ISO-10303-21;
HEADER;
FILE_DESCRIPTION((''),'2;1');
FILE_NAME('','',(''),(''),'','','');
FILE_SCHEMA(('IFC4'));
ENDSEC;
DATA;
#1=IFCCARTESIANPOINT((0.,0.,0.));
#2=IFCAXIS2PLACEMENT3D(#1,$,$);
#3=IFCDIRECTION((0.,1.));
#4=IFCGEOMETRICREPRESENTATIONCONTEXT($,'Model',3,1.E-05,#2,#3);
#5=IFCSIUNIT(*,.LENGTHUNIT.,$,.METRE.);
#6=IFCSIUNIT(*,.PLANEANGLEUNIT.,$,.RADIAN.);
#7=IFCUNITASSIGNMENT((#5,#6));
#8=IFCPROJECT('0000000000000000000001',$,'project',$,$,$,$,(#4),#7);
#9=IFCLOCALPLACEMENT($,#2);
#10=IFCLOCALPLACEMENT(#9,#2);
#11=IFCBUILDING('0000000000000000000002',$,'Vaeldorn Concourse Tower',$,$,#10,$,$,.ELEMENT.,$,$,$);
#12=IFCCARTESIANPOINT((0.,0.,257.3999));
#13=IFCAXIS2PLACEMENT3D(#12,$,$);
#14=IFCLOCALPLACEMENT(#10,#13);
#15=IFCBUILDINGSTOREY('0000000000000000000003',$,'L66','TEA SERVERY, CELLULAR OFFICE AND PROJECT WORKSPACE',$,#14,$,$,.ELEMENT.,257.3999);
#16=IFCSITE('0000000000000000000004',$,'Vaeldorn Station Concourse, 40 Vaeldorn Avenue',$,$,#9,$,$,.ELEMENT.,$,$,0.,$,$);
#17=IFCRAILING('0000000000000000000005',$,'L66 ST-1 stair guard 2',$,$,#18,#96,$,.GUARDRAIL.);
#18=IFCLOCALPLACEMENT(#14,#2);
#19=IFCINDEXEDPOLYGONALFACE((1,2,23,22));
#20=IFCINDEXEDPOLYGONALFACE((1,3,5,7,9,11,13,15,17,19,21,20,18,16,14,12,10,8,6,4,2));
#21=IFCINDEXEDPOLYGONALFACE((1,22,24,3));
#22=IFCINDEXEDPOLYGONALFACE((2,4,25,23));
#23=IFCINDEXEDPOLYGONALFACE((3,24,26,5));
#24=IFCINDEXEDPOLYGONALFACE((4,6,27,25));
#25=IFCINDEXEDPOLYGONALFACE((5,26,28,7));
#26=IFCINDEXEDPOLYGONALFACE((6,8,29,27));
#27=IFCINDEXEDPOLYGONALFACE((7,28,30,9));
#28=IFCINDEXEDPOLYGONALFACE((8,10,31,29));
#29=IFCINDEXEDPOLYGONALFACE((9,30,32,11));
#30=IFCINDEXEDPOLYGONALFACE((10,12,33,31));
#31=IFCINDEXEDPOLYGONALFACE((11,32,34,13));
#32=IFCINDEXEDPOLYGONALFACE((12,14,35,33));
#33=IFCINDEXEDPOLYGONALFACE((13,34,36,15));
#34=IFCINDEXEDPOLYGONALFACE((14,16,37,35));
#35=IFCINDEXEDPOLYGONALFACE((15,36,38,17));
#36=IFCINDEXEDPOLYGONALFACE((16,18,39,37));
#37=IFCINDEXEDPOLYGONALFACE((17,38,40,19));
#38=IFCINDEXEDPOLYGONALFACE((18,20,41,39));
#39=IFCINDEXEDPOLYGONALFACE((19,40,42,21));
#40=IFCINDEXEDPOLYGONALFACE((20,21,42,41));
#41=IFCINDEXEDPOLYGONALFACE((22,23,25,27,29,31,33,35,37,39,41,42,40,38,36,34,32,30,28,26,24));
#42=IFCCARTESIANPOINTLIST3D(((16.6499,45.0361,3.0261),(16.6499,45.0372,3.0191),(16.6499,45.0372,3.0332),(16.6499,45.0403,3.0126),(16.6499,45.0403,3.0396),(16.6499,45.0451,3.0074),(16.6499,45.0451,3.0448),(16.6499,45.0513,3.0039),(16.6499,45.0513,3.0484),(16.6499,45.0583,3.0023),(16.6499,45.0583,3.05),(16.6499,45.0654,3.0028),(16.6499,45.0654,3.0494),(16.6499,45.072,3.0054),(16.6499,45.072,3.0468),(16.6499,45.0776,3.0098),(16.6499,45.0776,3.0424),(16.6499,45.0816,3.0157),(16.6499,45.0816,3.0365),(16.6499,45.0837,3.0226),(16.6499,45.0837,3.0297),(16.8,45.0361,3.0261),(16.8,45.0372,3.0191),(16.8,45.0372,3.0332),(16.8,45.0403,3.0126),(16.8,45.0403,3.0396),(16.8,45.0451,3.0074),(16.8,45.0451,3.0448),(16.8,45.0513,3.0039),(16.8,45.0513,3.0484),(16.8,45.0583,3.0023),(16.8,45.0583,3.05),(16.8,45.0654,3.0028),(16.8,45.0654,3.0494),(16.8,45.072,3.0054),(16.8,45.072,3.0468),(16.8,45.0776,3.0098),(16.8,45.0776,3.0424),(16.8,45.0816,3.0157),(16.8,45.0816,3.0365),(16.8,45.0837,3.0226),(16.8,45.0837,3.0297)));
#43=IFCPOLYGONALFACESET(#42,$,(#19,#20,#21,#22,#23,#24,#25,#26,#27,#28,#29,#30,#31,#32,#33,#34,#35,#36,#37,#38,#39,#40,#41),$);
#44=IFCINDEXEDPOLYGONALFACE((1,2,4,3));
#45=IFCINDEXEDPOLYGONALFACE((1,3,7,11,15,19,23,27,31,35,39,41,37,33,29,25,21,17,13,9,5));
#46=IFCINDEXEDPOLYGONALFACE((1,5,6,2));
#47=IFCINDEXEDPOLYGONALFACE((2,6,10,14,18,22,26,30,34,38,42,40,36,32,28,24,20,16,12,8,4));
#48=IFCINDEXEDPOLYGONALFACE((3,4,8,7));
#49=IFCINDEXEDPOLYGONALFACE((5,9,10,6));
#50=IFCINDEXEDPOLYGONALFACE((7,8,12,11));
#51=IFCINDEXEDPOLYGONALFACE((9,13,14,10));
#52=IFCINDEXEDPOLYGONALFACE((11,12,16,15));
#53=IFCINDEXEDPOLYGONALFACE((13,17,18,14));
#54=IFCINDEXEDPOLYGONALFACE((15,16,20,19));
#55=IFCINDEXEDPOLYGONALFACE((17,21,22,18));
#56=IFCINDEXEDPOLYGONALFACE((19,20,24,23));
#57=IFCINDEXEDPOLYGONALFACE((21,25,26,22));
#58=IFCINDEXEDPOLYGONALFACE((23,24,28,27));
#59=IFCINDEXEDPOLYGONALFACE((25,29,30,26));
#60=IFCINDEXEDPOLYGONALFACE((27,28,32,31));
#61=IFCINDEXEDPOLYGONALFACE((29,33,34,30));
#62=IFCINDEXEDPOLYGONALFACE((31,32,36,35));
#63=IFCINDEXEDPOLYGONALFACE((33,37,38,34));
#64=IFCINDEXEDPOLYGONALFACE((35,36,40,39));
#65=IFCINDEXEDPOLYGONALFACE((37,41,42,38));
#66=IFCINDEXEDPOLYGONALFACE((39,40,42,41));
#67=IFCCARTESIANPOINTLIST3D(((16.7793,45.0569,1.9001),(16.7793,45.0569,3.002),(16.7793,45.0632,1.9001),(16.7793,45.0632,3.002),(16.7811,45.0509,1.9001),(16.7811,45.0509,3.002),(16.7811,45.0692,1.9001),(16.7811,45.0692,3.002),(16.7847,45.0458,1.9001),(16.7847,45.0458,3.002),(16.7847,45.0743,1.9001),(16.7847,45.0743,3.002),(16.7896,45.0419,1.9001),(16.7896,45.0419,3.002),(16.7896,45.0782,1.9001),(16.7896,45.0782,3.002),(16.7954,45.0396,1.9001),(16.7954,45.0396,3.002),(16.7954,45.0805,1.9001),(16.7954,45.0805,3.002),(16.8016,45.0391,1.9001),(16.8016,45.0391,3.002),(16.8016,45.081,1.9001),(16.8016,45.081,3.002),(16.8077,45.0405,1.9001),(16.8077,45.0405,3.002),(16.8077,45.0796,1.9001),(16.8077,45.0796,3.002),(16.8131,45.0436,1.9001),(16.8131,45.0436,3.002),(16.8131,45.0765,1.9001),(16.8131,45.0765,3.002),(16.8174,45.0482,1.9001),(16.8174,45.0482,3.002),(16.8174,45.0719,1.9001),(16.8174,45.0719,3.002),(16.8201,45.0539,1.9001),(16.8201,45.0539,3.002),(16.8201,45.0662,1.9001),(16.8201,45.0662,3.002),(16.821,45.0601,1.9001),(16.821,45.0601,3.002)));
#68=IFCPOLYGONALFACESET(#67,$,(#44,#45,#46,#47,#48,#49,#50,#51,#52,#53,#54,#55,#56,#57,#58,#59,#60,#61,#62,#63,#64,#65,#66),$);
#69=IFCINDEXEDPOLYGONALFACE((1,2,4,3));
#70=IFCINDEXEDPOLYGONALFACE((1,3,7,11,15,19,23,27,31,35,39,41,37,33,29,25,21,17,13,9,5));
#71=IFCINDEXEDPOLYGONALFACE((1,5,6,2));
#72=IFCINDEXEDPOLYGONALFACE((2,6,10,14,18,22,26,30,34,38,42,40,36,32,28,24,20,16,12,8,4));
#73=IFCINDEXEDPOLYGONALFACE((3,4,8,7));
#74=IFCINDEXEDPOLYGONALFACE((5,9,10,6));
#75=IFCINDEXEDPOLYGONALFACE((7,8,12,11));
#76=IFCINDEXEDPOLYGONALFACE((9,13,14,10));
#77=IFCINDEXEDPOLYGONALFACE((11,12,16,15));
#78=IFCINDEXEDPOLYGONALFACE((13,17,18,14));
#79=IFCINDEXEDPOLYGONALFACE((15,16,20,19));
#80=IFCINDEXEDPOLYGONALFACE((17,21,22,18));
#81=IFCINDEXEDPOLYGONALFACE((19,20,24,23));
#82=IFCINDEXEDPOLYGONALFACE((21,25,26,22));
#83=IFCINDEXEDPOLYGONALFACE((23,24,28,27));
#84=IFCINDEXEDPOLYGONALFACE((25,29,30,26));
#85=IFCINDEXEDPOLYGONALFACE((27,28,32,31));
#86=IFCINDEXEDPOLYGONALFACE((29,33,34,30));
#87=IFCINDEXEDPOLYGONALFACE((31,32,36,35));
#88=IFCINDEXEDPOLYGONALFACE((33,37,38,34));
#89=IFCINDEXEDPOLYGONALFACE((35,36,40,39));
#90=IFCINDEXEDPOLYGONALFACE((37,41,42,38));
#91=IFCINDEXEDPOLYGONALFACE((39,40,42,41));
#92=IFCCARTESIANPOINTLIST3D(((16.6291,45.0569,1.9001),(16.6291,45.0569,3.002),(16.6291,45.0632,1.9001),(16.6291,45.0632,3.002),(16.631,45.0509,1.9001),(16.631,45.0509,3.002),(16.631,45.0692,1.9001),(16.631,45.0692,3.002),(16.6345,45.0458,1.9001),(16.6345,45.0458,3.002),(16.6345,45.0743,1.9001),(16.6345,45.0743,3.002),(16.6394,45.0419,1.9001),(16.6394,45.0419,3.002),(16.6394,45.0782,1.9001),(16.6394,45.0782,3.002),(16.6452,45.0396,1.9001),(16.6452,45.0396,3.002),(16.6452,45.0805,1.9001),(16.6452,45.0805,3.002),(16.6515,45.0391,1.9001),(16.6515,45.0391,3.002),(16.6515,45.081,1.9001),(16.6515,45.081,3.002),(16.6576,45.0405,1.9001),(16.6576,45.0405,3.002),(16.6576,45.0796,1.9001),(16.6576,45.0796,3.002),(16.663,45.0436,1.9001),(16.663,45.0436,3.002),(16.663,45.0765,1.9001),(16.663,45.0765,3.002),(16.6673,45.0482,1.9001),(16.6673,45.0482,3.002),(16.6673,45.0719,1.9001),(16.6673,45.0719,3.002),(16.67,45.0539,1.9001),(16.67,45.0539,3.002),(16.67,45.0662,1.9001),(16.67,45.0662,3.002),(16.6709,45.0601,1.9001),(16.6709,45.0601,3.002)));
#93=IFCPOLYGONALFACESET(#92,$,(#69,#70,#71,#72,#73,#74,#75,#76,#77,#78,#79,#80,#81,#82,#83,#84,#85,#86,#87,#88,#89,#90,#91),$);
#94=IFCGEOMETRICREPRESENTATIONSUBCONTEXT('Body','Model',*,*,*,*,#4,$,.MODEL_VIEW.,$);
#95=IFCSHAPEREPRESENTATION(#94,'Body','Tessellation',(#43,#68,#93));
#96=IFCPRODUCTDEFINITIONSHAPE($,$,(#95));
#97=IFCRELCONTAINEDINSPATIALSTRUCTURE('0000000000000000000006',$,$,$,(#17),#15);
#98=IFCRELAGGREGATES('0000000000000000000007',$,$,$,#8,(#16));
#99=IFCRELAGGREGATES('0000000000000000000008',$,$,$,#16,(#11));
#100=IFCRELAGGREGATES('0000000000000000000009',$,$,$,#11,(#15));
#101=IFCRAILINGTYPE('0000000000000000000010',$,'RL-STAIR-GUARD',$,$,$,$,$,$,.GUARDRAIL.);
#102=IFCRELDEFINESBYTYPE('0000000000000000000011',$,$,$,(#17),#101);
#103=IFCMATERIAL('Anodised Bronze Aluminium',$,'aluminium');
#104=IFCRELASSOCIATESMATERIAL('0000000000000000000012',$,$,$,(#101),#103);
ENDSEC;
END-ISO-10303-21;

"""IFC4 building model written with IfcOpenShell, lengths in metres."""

from ifc_helpers import new_model, si_unit, direction, frame, origin, origin_2d, place, context, subcontext, project, spatial, circle, extrude, material, type_object, element, save


model = new_model("IFC4")

# Units and contexts
model_context = context("Model", 3, precision=1e-05, world=origin(), true_north=direction((0.0, 1.0)))
body_context = subcontext(model_context, "Body", "Model", "MODEL_VIEW")
ifc_project = project(units=[si_unit("LENGTHUNIT", "METRE"), si_unit("PLANEANGLEUNIT", "RADIAN")], contexts=[model_context])

# Site, building, storey
site_placement = place(None, origin())
site = spatial("IfcSite", under=ifc_project, at=site_placement, Name="Vaeldorn Station Concourse, 40 Vaeldorn Avenue", CompositionType="ELEMENT", RefElevation=0.0)
building_placement = place(site_placement, origin())
building = spatial("IfcBuilding", under=site, at=building_placement, Name="Vaeldorn Concourse Tower", CompositionType="ELEMENT")
storey_placement = place(building_placement, frame((0.0, 0.0, 257.3999)))
storey = spatial("IfcBuildingStorey", under=building, at=storey_placement, Name="L66", Description="TEA SERVERY, CELLULAR OFFICE AND PROJECT WORKSPACE", CompositionType="ELEMENT", Elevation=257.3999)

# Shared definitions
ifc_material_1 = material(Name="Anodised Bronze Aluminium", Category="aluminium")

# Railing
railing_type_1 = type_object("IfcRailingType", Name="RL-STAIR-GUARD", PredefinedType="GUARDRAIL", material=ifc_material_1)
railing_1_placement = place(storey_placement, frame((16.8, 45.0601, 1.9001)))
element("IfcRailing", 1, at=railing_1_placement, inside=storey, type_object=railing_type_1, Name="L66 ST-1 stair guard 2", PredefinedType="GUARDRAIL", context=body_context, shape_type="SweptSolid", body=[
    extrude(circle(Radius=0.0239, at=origin_2d()), frame((0.0, 0.0, 1.126), z_axis=(-1.0, 0.0, 0.0), x_axis=(0.0, -1.0, 0.0)), (0.0, 0.0, 1.0), 0.1501),
    extrude(circle(Radius=0.021, at=origin_2d()), origin(), (0.0, 0.0, 1.0), 1.1018),
    extrude(circle(Radius=0.021, at=origin_2d()), frame((-0.1501, 0.0, 0.0)), (0.0, 0.0, 1.0), 1.1018),
])

save(model, "model.ifc")
